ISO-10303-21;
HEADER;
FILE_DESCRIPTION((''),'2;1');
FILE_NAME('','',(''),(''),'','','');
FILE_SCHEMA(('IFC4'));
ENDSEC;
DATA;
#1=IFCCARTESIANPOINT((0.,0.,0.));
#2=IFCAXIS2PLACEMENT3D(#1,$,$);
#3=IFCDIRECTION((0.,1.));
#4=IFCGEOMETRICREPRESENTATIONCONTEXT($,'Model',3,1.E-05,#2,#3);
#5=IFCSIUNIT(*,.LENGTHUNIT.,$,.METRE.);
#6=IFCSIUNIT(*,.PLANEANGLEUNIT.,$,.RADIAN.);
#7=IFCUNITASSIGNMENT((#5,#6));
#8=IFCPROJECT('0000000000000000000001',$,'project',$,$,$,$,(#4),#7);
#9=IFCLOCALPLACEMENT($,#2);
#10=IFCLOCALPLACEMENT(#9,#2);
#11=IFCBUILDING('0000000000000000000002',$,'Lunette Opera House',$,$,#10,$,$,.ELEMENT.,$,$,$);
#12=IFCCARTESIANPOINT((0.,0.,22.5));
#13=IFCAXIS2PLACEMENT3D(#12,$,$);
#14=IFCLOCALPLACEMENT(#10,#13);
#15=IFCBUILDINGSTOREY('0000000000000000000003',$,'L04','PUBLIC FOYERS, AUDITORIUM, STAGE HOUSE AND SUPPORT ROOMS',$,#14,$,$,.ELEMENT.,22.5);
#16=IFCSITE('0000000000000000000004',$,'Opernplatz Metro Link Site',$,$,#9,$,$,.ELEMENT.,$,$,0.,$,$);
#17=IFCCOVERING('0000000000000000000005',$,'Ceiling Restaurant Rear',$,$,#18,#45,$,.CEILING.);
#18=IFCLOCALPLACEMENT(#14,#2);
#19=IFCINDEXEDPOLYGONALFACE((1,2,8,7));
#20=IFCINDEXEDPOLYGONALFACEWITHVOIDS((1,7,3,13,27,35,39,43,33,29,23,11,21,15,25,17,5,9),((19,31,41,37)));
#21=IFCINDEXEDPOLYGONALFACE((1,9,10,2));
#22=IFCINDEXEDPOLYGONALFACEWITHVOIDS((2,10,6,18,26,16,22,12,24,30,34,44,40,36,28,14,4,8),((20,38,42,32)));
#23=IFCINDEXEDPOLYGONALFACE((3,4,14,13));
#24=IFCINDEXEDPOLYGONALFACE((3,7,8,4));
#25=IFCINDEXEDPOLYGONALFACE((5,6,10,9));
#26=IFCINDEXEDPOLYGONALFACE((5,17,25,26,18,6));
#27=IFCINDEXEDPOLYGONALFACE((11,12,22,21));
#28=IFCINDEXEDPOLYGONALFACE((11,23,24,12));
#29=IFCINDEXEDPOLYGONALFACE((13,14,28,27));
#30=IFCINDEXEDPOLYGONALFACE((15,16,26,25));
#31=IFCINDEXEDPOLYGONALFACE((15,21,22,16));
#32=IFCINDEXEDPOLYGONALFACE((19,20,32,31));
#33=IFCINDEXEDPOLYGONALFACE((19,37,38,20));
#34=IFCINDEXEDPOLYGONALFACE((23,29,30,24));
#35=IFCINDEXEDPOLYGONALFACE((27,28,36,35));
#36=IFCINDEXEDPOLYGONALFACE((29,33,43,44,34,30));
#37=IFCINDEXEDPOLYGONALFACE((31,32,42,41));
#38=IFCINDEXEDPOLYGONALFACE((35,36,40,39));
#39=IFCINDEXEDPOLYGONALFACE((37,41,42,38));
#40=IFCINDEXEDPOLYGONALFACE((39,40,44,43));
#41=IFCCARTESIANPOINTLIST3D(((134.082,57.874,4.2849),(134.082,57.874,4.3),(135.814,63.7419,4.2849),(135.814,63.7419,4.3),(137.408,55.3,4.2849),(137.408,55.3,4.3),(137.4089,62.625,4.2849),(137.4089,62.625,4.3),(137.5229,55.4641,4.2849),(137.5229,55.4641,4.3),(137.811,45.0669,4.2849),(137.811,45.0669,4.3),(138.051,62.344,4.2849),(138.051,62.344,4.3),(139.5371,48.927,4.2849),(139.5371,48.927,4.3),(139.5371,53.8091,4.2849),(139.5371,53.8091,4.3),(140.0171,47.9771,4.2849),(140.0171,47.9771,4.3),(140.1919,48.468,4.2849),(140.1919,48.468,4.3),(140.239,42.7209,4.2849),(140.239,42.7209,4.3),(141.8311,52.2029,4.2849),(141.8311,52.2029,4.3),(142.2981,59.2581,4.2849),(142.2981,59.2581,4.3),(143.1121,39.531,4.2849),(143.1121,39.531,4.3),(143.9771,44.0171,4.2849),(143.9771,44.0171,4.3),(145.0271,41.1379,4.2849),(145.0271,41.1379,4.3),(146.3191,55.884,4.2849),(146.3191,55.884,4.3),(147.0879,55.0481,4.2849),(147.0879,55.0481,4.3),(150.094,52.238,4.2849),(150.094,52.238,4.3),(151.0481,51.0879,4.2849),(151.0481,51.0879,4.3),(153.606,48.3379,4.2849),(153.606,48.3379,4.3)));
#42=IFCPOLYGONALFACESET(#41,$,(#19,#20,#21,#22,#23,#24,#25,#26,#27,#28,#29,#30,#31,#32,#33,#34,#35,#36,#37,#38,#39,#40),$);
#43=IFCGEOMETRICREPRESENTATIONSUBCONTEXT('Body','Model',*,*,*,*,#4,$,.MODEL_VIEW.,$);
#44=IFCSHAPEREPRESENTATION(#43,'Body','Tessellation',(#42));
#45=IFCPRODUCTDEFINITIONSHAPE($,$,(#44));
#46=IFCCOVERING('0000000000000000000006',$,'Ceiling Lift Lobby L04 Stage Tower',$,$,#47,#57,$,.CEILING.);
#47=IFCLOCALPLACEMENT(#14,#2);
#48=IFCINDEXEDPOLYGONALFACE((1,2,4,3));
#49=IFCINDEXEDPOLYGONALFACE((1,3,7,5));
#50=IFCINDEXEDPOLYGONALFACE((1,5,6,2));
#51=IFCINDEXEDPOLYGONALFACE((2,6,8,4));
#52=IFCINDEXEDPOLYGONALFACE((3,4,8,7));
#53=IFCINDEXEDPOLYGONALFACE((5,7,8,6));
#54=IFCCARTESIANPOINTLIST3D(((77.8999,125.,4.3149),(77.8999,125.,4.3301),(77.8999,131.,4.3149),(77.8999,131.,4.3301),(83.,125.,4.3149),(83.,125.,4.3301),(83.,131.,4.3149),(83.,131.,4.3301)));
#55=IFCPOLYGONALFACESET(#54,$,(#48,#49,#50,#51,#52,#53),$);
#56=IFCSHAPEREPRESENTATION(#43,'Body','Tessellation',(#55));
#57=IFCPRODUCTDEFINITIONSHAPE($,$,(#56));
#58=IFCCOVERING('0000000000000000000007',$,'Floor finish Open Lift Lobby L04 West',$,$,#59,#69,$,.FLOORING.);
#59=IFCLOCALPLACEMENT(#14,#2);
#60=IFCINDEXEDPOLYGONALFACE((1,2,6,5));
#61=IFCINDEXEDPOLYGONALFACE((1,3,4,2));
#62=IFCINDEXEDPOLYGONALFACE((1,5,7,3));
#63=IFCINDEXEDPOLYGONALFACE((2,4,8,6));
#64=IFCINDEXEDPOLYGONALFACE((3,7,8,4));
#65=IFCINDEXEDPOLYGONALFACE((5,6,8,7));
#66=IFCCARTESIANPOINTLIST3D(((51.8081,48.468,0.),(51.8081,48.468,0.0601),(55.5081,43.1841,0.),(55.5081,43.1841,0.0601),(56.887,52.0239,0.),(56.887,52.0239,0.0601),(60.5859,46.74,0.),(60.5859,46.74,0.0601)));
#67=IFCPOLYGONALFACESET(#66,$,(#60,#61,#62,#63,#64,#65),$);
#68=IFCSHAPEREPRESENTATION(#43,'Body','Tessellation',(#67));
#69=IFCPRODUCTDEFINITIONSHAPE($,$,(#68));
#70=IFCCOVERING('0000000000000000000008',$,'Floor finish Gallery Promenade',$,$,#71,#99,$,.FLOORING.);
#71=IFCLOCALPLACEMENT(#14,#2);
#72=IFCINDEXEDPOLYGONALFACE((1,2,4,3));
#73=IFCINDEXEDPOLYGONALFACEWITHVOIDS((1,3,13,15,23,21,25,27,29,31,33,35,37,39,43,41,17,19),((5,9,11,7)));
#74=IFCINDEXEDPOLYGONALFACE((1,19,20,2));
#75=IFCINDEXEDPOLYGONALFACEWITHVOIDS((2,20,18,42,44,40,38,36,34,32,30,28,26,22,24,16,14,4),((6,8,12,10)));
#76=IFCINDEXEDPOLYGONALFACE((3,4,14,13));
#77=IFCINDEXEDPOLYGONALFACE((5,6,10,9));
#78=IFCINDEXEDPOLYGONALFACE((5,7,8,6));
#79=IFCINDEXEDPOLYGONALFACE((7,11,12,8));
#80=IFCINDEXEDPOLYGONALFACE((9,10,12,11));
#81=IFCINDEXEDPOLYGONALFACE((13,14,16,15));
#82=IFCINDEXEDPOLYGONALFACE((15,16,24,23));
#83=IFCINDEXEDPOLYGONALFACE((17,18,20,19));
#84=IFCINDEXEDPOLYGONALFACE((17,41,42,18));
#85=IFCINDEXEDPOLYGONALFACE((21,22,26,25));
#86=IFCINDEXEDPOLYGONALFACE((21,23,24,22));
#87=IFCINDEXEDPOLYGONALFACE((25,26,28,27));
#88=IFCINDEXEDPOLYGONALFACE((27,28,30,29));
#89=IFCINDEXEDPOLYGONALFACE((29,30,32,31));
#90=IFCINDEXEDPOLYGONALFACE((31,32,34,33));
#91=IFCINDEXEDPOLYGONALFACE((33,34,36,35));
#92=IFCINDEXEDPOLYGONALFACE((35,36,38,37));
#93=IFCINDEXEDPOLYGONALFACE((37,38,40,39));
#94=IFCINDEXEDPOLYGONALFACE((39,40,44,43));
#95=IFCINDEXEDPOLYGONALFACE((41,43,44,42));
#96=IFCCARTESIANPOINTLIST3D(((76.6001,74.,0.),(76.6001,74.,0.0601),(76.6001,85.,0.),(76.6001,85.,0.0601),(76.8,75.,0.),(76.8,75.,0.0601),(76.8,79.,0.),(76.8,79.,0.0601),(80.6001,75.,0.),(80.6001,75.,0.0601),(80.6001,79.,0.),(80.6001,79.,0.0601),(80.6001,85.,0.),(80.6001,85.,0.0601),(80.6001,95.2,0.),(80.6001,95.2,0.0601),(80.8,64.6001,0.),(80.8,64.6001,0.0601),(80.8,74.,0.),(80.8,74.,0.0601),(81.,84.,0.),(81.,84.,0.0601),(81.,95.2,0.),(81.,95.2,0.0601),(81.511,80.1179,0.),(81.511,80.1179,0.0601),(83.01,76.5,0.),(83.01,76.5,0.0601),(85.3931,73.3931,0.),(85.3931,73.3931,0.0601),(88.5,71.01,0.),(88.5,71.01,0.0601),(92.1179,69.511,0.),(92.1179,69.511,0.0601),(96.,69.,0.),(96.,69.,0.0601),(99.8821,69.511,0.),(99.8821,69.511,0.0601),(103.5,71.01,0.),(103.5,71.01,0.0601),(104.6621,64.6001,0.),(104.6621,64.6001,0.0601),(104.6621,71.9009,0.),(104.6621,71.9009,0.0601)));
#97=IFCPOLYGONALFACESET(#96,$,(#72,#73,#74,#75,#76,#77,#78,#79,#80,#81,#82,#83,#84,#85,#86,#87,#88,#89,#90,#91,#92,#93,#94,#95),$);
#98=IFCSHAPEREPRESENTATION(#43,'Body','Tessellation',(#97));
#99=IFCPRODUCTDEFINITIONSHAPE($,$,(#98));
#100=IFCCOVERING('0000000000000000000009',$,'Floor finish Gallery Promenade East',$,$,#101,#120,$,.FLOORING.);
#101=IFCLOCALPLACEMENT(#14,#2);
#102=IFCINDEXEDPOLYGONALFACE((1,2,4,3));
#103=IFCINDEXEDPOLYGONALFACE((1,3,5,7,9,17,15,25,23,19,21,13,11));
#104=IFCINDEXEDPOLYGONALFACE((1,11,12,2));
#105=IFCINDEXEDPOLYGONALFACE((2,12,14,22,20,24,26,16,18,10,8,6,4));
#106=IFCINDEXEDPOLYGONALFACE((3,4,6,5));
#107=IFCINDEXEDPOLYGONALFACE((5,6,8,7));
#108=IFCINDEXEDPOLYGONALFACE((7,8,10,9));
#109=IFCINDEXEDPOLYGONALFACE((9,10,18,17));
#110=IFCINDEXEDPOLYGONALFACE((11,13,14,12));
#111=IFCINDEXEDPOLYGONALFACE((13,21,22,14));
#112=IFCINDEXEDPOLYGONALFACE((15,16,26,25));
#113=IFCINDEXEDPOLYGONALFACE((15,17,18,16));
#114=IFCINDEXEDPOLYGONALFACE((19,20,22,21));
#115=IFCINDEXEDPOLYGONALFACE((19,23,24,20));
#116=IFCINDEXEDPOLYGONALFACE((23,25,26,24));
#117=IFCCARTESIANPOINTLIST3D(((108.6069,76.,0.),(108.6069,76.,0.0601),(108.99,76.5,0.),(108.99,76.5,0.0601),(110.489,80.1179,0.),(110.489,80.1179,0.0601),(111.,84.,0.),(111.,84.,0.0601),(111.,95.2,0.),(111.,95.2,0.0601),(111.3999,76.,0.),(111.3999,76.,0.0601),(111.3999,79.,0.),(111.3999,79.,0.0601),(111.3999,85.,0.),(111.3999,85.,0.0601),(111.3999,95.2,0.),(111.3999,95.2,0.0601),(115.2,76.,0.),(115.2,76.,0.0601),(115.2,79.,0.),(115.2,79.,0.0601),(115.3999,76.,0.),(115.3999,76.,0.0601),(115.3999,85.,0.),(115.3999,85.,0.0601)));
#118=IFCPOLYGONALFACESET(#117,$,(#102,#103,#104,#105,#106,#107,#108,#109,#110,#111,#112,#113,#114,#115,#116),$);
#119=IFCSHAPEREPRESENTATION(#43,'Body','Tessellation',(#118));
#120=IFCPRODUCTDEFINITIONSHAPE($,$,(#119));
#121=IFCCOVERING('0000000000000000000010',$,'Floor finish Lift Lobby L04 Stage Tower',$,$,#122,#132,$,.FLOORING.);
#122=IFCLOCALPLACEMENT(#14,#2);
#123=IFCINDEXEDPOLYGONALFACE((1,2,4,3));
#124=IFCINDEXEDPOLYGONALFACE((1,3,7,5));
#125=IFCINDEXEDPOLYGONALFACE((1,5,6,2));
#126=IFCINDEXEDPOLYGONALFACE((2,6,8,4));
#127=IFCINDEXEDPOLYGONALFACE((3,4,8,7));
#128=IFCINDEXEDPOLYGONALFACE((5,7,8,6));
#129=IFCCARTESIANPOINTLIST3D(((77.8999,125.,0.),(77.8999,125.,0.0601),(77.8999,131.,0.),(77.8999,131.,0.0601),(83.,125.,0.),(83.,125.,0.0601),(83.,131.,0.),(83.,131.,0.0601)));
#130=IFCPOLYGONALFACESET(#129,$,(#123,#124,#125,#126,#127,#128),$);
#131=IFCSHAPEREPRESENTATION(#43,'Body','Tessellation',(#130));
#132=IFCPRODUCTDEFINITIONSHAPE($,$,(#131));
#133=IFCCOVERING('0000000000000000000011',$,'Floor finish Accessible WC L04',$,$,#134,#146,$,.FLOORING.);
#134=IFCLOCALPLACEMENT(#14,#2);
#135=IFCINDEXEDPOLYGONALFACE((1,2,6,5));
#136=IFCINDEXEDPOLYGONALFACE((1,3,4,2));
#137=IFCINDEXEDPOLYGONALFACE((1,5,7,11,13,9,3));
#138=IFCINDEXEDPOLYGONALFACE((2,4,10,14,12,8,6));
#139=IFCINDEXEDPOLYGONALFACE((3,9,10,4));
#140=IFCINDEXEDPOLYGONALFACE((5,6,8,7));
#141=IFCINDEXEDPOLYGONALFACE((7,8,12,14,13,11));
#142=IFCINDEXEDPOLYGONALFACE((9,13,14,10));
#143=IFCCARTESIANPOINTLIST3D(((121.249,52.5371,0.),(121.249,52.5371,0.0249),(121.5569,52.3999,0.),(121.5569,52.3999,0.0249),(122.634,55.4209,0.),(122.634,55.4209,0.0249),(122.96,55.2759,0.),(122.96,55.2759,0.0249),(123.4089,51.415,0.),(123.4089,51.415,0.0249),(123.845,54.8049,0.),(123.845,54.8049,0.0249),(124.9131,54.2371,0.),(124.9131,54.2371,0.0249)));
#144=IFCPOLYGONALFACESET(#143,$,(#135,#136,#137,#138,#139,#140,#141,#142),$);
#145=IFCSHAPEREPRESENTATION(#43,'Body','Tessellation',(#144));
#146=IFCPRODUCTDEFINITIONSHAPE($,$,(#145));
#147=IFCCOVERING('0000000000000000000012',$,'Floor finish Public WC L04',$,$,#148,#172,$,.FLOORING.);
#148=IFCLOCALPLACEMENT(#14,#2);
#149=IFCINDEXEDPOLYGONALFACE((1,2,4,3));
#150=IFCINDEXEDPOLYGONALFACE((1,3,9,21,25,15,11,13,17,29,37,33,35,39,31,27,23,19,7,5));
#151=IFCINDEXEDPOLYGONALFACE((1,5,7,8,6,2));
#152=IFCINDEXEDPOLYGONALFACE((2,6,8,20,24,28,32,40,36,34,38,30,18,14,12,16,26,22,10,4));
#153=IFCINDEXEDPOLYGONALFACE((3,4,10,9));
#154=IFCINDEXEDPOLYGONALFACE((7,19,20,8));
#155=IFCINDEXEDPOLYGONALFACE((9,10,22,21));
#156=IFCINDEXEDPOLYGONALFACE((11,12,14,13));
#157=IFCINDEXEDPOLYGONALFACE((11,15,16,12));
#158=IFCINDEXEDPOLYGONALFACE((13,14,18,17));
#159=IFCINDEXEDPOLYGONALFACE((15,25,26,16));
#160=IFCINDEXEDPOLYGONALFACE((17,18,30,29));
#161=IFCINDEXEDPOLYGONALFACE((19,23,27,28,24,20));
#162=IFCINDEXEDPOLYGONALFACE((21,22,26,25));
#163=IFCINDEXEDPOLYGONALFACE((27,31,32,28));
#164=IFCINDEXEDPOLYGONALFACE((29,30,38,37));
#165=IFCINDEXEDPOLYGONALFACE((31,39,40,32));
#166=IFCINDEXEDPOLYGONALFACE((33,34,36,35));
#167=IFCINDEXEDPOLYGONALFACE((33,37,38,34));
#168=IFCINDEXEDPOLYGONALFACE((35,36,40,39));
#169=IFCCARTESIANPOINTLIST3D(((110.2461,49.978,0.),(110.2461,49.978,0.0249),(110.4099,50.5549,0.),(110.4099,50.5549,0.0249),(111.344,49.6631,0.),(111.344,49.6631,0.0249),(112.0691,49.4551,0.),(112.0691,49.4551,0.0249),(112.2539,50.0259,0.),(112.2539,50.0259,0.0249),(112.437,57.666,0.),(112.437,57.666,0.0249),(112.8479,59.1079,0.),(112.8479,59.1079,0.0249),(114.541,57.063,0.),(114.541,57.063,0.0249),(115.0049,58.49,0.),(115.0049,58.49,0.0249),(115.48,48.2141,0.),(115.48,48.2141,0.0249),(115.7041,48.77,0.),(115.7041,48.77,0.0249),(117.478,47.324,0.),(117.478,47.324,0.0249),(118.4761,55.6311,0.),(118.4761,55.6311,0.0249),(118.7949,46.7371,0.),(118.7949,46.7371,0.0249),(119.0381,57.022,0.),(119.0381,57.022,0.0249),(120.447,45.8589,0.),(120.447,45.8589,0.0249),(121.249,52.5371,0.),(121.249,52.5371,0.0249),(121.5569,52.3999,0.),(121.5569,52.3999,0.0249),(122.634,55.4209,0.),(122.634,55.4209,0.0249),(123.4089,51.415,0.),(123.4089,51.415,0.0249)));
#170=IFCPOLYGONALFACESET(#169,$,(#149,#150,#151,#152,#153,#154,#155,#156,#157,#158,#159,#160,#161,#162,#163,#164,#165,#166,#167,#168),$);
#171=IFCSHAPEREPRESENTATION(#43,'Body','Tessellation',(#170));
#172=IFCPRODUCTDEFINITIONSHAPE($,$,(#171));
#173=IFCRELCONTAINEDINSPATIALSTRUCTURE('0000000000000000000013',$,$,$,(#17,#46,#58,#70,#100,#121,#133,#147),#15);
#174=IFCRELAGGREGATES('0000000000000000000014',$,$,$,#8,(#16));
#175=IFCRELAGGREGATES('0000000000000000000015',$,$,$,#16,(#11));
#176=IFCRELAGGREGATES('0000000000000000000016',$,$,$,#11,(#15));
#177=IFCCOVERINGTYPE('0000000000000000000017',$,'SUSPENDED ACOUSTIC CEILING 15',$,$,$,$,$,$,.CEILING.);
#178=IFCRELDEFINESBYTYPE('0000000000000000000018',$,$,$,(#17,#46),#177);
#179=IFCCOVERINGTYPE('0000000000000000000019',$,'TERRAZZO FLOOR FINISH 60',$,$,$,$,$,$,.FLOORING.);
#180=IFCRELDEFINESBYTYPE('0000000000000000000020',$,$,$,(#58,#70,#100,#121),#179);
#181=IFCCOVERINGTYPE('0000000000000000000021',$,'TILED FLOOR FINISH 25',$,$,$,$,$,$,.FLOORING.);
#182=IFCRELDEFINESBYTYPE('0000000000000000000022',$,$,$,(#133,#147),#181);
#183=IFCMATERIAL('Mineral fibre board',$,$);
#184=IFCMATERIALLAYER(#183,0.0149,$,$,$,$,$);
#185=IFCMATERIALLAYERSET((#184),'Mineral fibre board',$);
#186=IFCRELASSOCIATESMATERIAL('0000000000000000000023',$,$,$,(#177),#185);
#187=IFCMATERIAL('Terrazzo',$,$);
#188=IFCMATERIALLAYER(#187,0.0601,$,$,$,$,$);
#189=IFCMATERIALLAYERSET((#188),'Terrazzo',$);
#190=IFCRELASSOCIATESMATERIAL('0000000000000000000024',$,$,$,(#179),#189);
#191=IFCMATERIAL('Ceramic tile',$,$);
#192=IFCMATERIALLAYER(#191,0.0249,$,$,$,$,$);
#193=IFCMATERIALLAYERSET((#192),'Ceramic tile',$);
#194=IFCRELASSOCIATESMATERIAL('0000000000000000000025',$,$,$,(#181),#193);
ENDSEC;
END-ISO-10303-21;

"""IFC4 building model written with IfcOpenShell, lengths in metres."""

from ifc_helpers import new_model, si_unit, direction, frame, origin, place, context, subcontext, project, spatial, polyline, outline, extrude, material, layer, layer_set, type_object, element, save


model = new_model("IFC4")

# Units and contexts
model_context = context("Model", 3, precision=1e-05, world=origin(), true_north=direction((0.0, 1.0)))
body_context = subcontext(model_context, "Body", "Model", "MODEL_VIEW")
ifc_project = project(units=[si_unit("LENGTHUNIT", "METRE"), si_unit("PLANEANGLEUNIT", "RADIAN")], contexts=[model_context])

# Site, building, storey
site_placement = place(None, origin())
site = spatial("IfcSite", under=ifc_project, at=site_placement, Name="Opernplatz Metro Link Site", CompositionType="ELEMENT", RefElevation=0.0)
building_placement = place(site_placement, origin())
building = spatial("IfcBuilding", under=site, at=building_placement, Name="Lunette Opera House", CompositionType="ELEMENT")
storey_placement = place(building_placement, frame((0.0, 0.0, 22.5)))
storey = spatial("IfcBuildingStorey", under=building, at=storey_placement, Name="L04", Description="PUBLIC FOYERS, AUDITORIUM, STAGE HOUSE AND SUPPORT ROOMS", CompositionType="ELEMENT", Elevation=22.5)

# Coverings
ifc_material_1 = material(Name="Mineral fibre board")
ifc_layer_1 = layer(ifc_material_1, 0.0149)
ifc_layer_set_1 = layer_set([ifc_layer_1], Name="Mineral fibre board")
covering_type_1 = type_object("IfcCoveringType", Name="SUSPENDED ACOUSTIC CEILING 15", PredefinedType="CEILING", material=ifc_layer_set_1)
covering_1_placement = place(storey_placement, frame((0.0, 0.0, 4.2849)))
element("IfcCovering", 1, at=covering_1_placement, inside=storey, type_object=covering_type_1, Name="Ceiling Restaurant Rear", PredefinedType="CEILING", context=body_context, shape_type="SweptSolid", body=[
    extrude(outline(polyline([(141.8311, 52.2029), (139.5371, 53.8091), (137.408, 55.3), (137.5229, 55.4641), (134.082, 57.874), (137.4089, 62.625), (135.814, 63.7419), (138.051, 62.344), (142.2981, 59.2581), (146.3191, 55.884), (150.094, 52.238), (153.606, 48.3379), (145.0271, 41.1379), (143.1121, 39.531), (140.239, 42.7209), (137.811, 45.0669), (140.1919, 48.468), (139.5371, 48.927), (141.8311, 52.2029)]), holes=[polyline([(143.9771, 44.0171), (151.0481, 51.0879), (147.0879, 55.0481), (140.0171, 47.9771), (143.9771, 44.0171)])]), origin(), (0.0, 0.0, 1.0), 0.0151),
])
covering_2_placement = place(storey_placement, frame((0.0, 0.0, 4.3149)))
element("IfcCovering", 2, at=covering_2_placement, inside=storey, type_object=covering_type_1, Name="Ceiling Lift Lobby L04 Stage Tower", PredefinedType="CEILING", context=body_context, shape_type="SweptSolid", body=[
    extrude(outline(polyline([(83.0, 125.0), (83.0, 131.0), (77.8999, 131.0), (77.8999, 125.0), (83.0, 125.0)])), origin(), (0.0, 0.0, 1.0), 0.0151),
])
ifc_material_2 = material(Name="Terrazzo")
ifc_layer_2 = layer(ifc_material_2, 0.0601)
ifc_layer_set_2 = layer_set([ifc_layer_2], Name="Terrazzo")
covering_type_2 = type_object("IfcCoveringType", Name="TERRAZZO FLOOR FINISH 60", PredefinedType="FLOORING", material=ifc_layer_set_2)
covering_3_placement = place(storey_placement, origin())
element("IfcCovering", 3, at=covering_3_placement, inside=storey, type_object=covering_type_2, Name="Floor finish Open Lift Lobby L04 West", PredefinedType="FLOORING", context=body_context, shape_type="SweptSolid", body=[
    extrude(outline(polyline([(60.5859, 46.74), (56.887, 52.0239), (51.8081, 48.468), (55.5081, 43.1841), (60.5859, 46.74)])), origin(), (0.0, 0.0, 1.0), 0.0601),
])
covering_4_placement = place(storey_placement, origin())
element("IfcCovering", 4, at=covering_4_placement, inside=storey, type_object=covering_type_2, Name="Floor finish Gallery Promenade", PredefinedType="FLOORING", context=body_context, shape_type="SweptSolid", body=[
    extrude(outline(polyline([(80.8, 74.0), (76.6001, 74.0), (76.6001, 85.0), (80.6001, 85.0), (80.6001, 95.2), (81.0, 95.2), (81.0, 84.0), (81.511, 80.1179), (83.01, 76.5), (85.3931, 73.3931), (88.5, 71.01), (92.1179, 69.511), (96.0, 69.0), (99.8821, 69.511), (103.5, 71.01), (104.6621, 71.9009), (104.6621, 64.6001), (80.8, 64.6001), (80.8, 74.0)]), holes=[polyline([(80.6001, 79.0), (76.8, 79.0), (76.8, 75.0), (80.6001, 75.0), (80.6001, 79.0)])]), origin(), (0.0, 0.0, 1.0), 0.0601),
])
covering_5_placement = place(storey_placement, origin())
element("IfcCovering", 5, at=covering_5_placement, inside=storey, type_object=covering_type_2, Name="Floor finish Gallery Promenade East", PredefinedType="FLOORING", context=body_context, shape_type="SweptSolid", body=[
    extrude(outline(polyline([(110.489, 80.1179), (111.0, 84.0), (111.0, 95.2), (111.3999, 95.2), (111.3999, 85.0), (115.3999, 85.0), (115.3999, 76.0), (115.2, 76.0), (115.2, 79.0), (111.3999, 79.0), (111.3999, 76.0), (108.6069, 76.0), (108.99, 76.5), (110.489, 80.1179)])), origin(), (0.0, 0.0, 1.0), 0.0601),
])
covering_6_placement = place(storey_placement, origin())
element("IfcCovering", 6, at=covering_6_placement, inside=storey, type_object=covering_type_2, Name="Floor finish Lift Lobby L04 Stage Tower", PredefinedType="FLOORING", context=body_context, shape_type="SweptSolid", body=[
    extrude(outline(polyline([(83.0, 125.0), (83.0, 131.0), (77.8999, 131.0), (77.8999, 125.0), (83.0, 125.0)])), origin(), (0.0, 0.0, 1.0), 0.0601),
])
ifc_material_3 = material(Name="Ceramic tile")
ifc_layer_3 = layer(ifc_material_3, 0.0249)
ifc_layer_set_3 = layer_set([ifc_layer_3], Name="Ceramic tile")
covering_type_3 = type_object("IfcCoveringType", Name="TILED FLOOR FINISH 25", PredefinedType="FLOORING", material=ifc_layer_set_3)
covering_7_placement = place(storey_placement, origin())
element("IfcCovering", 7, at=covering_7_placement, inside=storey, type_object=covering_type_3, Name="Floor finish Accessible WC L04", PredefinedType="FLOORING", context=body_context, shape_type="SweptSolid", body=[
    extrude(outline(polyline([(122.96, 55.2759), (123.845, 54.8049), (124.9131, 54.2371), (123.4089, 51.415), (121.5569, 52.3999), (121.249, 52.5371), (122.634, 55.4209), (122.96, 55.2759)])), origin(), (0.0, 0.0, 1.0), 0.0249),
])
covering_8_placement = place(storey_placement, origin())
element("IfcCovering", 8, at=covering_8_placement, inside=storey, type_object=covering_type_3, Name="Floor finish Public WC L04", PredefinedType="FLOORING", context=body_context, shape_type="SweptSolid", body=[
    extrude(outline(polyline([(112.0691, 49.4551), (111.344, 49.6631), (110.2461, 49.978), (110.4099, 50.5549), (112.2539, 50.0259), (115.7041, 48.77), (118.4761, 55.6311), (114.541, 57.063), (112.437, 57.666), (112.8479, 59.1079), (115.0049, 58.49), (119.0381, 57.022), (122.634, 55.4209), (121.249, 52.5371), (121.5569, 52.3999), (123.4089, 51.415), (120.447, 45.8589), (118.7949, 46.7371), (117.478, 47.324), (115.48, 48.2141), (112.0691, 49.4551)])), origin(), (0.0, 0.0, 1.0), 0.0249),
])

save(model, "model.ifc")
